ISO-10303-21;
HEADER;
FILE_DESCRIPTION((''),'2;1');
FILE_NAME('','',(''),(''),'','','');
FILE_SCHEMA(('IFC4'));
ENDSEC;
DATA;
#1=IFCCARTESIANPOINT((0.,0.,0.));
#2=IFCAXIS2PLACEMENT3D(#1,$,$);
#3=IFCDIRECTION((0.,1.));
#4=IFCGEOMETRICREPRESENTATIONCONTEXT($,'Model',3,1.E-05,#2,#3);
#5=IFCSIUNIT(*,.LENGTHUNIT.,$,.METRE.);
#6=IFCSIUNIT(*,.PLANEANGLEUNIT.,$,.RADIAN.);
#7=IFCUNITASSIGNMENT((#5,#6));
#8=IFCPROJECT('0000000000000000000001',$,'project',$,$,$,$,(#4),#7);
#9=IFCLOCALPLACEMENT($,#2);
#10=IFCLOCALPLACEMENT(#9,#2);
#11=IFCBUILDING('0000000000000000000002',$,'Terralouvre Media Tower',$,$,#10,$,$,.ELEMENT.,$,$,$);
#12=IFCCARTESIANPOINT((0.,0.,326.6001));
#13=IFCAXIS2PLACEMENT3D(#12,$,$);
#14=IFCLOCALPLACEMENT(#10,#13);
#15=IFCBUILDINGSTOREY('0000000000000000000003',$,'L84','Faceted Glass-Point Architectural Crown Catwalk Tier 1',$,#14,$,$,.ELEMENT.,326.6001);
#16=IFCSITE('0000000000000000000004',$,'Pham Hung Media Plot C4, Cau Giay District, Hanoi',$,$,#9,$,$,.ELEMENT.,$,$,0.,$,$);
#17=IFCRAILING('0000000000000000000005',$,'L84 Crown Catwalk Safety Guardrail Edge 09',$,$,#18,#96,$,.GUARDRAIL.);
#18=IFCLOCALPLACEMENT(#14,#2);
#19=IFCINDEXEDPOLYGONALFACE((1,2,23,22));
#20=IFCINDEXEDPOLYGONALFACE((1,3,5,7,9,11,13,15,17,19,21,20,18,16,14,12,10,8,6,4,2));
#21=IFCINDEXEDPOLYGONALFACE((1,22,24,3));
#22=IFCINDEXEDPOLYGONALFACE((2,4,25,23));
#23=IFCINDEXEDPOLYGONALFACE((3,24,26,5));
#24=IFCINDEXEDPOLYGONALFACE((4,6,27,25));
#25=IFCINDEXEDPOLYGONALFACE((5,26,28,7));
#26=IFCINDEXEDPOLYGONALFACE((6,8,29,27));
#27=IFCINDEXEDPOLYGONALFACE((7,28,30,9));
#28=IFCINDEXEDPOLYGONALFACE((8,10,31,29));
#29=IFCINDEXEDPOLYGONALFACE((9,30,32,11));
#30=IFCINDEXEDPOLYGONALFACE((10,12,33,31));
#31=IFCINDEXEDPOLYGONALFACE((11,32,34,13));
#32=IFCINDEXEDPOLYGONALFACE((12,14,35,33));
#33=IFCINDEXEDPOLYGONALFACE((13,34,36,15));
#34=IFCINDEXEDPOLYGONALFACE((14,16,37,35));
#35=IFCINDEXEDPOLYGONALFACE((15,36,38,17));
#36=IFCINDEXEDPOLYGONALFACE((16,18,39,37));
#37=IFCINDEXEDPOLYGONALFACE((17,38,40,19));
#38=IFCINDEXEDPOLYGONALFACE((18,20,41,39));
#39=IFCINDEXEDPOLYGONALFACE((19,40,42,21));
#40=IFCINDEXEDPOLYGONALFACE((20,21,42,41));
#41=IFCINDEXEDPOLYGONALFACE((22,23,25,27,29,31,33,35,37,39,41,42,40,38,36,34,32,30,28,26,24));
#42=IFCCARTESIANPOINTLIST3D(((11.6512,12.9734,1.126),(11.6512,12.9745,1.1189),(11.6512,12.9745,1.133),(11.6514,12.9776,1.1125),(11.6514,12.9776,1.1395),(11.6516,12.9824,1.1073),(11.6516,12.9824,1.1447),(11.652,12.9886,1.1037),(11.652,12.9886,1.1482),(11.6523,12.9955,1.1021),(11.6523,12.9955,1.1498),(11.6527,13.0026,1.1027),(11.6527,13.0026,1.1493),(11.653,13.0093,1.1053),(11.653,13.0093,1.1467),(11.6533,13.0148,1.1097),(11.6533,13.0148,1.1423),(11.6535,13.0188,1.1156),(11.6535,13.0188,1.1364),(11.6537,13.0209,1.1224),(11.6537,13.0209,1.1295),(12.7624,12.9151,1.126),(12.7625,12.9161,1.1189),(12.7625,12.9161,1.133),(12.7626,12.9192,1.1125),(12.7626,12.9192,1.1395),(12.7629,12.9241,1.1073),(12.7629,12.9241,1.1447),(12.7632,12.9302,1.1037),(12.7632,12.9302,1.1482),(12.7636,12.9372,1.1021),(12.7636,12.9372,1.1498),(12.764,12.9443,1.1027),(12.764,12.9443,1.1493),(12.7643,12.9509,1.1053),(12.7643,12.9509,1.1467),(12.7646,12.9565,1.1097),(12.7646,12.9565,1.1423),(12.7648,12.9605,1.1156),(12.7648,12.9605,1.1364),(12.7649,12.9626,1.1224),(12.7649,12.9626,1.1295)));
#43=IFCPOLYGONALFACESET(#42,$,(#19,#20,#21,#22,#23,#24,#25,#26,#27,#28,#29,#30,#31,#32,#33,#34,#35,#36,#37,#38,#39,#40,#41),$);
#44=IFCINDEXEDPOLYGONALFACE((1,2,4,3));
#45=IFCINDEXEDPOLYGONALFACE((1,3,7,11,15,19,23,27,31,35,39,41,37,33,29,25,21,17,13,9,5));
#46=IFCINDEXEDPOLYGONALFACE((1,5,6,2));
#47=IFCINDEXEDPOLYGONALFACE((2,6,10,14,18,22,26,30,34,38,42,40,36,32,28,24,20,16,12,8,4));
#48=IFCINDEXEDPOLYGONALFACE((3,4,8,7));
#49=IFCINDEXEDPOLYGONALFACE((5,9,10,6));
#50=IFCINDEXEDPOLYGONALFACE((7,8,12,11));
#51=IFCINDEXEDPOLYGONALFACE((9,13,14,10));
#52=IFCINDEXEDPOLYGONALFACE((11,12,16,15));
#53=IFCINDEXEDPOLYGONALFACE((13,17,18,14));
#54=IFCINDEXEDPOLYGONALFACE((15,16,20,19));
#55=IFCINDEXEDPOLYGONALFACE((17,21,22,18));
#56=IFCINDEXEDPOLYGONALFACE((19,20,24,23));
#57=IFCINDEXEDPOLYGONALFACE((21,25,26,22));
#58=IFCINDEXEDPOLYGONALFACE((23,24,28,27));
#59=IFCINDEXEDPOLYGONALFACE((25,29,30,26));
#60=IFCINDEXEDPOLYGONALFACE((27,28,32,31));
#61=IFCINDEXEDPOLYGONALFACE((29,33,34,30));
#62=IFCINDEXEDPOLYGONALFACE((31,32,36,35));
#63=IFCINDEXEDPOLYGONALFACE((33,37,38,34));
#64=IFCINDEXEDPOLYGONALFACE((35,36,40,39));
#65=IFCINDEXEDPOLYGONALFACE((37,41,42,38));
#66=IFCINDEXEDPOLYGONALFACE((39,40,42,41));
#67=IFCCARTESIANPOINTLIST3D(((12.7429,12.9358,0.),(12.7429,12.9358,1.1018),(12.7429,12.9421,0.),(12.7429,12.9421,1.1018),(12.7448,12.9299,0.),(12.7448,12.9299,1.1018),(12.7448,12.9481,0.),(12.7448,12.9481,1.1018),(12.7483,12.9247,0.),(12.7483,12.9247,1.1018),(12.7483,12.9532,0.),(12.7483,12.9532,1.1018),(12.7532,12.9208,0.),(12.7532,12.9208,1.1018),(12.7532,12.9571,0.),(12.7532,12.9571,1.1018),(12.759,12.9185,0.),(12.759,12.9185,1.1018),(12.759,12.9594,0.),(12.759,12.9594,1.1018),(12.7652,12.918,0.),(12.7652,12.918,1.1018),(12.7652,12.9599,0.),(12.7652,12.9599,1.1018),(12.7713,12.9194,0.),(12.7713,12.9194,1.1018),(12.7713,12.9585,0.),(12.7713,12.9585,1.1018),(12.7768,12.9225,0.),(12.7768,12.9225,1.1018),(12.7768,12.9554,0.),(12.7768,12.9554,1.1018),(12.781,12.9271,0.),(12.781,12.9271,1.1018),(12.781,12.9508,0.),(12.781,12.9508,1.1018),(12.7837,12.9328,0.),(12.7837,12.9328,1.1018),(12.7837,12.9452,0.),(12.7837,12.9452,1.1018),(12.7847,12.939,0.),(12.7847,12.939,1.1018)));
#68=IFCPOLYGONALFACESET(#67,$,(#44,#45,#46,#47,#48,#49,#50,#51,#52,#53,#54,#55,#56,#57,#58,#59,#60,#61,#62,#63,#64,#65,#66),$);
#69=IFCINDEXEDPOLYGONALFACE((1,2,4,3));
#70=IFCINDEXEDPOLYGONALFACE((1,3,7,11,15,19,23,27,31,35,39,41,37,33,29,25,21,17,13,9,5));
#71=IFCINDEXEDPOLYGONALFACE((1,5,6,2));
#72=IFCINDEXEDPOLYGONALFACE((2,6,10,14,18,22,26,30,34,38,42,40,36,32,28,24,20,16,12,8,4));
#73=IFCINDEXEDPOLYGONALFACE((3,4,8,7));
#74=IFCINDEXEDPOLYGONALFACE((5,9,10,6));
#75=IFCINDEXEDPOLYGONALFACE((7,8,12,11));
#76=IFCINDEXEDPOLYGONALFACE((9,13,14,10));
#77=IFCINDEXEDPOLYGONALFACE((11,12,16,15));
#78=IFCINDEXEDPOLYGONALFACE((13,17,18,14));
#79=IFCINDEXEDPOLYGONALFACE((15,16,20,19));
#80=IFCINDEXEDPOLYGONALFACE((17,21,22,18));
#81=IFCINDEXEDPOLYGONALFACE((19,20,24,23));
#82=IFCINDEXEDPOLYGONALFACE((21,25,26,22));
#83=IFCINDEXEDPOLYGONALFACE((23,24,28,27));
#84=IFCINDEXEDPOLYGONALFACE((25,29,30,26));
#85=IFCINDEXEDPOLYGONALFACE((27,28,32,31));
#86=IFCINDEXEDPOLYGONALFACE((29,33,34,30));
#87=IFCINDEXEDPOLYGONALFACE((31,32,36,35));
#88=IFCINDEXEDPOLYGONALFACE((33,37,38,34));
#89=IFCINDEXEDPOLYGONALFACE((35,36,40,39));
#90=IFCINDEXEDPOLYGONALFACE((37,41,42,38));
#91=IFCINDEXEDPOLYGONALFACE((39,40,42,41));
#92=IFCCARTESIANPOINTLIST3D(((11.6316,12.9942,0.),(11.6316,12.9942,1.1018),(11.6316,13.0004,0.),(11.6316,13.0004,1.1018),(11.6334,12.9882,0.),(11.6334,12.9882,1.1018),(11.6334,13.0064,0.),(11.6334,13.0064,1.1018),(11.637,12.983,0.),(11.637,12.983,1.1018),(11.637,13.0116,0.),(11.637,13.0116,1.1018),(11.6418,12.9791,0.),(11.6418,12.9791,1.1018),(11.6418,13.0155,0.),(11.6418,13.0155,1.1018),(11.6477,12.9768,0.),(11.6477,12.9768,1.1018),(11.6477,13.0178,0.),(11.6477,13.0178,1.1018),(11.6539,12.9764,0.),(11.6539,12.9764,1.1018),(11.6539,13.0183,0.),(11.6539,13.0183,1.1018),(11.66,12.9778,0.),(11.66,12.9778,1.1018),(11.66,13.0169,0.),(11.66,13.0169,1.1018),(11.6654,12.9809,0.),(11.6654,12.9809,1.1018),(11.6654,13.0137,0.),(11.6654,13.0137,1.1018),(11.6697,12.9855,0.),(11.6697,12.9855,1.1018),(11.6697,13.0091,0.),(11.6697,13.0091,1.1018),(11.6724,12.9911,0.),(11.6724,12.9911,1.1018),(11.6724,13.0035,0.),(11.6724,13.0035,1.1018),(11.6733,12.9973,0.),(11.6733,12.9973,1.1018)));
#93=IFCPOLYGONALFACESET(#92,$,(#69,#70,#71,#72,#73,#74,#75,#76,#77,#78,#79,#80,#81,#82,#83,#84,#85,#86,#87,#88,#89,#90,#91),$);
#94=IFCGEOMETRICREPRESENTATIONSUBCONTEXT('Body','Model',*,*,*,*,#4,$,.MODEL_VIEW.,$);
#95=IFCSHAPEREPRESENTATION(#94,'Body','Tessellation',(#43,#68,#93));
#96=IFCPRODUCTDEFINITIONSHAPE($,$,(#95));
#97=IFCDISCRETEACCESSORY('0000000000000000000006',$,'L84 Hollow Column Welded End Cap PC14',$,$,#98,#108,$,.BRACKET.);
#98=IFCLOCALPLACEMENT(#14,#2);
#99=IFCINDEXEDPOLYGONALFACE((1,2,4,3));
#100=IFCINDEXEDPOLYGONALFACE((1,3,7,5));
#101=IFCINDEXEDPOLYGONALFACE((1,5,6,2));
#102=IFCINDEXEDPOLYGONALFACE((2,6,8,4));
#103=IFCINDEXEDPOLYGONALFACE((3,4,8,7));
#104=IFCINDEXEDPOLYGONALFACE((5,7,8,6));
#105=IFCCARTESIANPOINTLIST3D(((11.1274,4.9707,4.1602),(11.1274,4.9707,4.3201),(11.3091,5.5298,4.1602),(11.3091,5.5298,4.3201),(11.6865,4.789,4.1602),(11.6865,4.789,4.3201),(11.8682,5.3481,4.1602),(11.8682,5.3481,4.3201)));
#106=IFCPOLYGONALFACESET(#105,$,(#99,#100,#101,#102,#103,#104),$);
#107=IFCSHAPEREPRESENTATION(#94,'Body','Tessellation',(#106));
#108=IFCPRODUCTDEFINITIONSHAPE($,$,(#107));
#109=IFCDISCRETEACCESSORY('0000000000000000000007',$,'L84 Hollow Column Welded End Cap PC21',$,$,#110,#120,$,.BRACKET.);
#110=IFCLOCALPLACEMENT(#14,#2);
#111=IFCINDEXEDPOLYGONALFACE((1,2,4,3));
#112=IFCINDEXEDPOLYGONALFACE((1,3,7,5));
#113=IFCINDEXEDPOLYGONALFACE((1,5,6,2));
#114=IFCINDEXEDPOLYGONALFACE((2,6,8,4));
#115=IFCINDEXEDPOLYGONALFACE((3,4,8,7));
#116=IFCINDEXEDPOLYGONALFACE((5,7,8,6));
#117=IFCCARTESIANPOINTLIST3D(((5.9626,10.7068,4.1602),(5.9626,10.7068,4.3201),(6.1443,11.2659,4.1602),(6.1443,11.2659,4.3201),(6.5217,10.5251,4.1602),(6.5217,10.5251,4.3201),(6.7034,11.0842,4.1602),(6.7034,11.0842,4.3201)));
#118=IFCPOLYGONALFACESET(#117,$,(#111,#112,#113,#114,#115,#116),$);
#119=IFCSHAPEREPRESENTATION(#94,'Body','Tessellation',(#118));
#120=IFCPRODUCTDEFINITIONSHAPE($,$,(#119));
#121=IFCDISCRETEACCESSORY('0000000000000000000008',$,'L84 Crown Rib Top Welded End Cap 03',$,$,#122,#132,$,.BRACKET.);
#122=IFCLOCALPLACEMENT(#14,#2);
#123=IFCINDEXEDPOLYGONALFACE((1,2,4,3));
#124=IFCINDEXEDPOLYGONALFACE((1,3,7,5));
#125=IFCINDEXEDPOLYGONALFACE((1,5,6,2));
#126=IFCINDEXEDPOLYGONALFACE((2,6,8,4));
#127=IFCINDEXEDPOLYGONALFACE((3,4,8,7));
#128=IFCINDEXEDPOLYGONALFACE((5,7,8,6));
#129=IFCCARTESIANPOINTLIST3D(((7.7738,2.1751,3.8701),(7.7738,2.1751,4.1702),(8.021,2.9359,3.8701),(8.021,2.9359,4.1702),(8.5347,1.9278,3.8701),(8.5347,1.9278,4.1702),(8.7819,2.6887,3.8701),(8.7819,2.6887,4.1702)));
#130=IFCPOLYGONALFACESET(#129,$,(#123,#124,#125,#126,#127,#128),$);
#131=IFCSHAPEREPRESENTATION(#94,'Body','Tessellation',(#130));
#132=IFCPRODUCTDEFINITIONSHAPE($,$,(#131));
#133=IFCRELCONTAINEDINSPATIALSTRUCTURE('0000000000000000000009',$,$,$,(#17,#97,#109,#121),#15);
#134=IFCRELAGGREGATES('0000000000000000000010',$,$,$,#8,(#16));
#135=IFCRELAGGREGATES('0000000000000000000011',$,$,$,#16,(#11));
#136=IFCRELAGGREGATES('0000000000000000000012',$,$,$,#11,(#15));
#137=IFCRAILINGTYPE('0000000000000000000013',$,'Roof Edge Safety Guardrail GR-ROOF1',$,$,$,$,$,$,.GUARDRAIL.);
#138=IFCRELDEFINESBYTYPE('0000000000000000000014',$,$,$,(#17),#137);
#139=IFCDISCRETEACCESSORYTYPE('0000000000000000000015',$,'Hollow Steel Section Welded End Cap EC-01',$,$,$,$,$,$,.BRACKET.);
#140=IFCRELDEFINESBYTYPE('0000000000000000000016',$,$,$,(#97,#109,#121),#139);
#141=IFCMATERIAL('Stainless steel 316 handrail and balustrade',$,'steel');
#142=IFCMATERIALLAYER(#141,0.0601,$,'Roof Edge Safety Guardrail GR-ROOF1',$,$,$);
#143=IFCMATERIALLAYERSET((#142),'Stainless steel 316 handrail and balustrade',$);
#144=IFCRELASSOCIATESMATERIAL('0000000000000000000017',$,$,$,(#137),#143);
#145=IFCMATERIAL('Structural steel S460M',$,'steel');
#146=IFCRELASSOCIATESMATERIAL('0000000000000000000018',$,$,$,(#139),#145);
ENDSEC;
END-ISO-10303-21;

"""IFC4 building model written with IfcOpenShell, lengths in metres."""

from ifc_helpers import new_model, si_unit, direction, frame, origin, origin_2d, place, context, subcontext, project, spatial, rectangle, circle, extrude, material, layer, layer_set, type_object, element, save


model = new_model("IFC4")

# Units and contexts
model_context = context("Model", 3, precision=1e-05, world=origin(), true_north=direction((0.0, 1.0)))
body_context = subcontext(model_context, "Body", "Model", "MODEL_VIEW")
ifc_project = project(units=[si_unit("LENGTHUNIT", "METRE"), si_unit("PLANEANGLEUNIT", "RADIAN")], contexts=[model_context])

# Site, building, storey
site_placement = place(None, origin())
site = spatial("IfcSite", under=ifc_project, at=site_placement, Name="Pham Hung Media Plot C4, Cau Giay District, Hanoi", CompositionType="ELEMENT", RefElevation=0.0)
building_placement = place(site_placement, origin())
building = spatial("IfcBuilding", under=site, at=building_placement, Name="Terralouvre Media Tower", CompositionType="ELEMENT")
storey_placement = place(building_placement, frame((0.0, 0.0, 326.6001)))
storey = spatial("IfcBuildingStorey", under=building, at=storey_placement, Name="L84", Description="Faceted Glass-Point Architectural Crown Catwalk Tier 1", CompositionType="ELEMENT", Elevation=326.6001)

# Railing
ifc_material_1 = material(Name="Stainless steel 316 handrail and balustrade", Category="steel")
ifc_layer_1 = layer(ifc_material_1, 0.0601, Name="Roof Edge Safety Guardrail GR-ROOF1")
ifc_layer_set_1 = layer_set([ifc_layer_1], Name="Stainless steel 316 handrail and balustrade")
railing_type = type_object("IfcRailingType", Name="Roof Edge Safety Guardrail GR-ROOF1", PredefinedType="GUARDRAIL", material=ifc_layer_set_1)
railing_1_placement = place(storey_placement, frame((12.7637, 12.939, 0.0)))
element("IfcRailing", 1, at=railing_1_placement, inside=storey, type_object=railing_type, Name="L84 Crown Catwalk Safety Guardrail Edge 09", PredefinedType="GUARDRAIL", context=body_context, shape_type="SweptSolid", body=[
    extrude(circle(Radius=0.0239, at=origin_2d()), frame((0.0, 0.0, 1.126), z_axis=(-0.998624, 0.052432, 0.0), x_axis=(-0.052432, -0.998624, 0.0)), (0.0, 0.0, 1.0), 1.1128),
    extrude(circle(Radius=0.021, at=origin_2d()), origin(), (0.0, 0.0, 1.0), 1.1018),
    extrude(circle(Radius=0.021, at=origin_2d()), frame((-1.1113, 0.0583, 0.0)), (0.0, 0.0, 1.0), 1.1018),
])

# Discrete accessories
ifc_material_2 = material(Name="Structural steel S460M", Category="steel")
discrete_accessory_type = type_object("IfcDiscreteAccessoryType", Name="Hollow Steel Section Welded End Cap EC-01", PredefinedType="BRACKET", material=ifc_material_2)
for number, where, z_axis, x_axis, name in (
    (2, (11.4978, 5.1594, 4.1602), (0.0, 0.0, 1.0), (0.309017, 0.951057, 0.0), "L84 Hollow Column Welded End Cap PC14"),
    (3, (6.333, 10.8955, 4.1602), (0.0, 0.0, 1.0), (0.309017, 0.951057, 0.0), "L84 Hollow Column Welded End Cap PC21"),
):
    element("IfcDiscreteAccessory", number, at=place(storey_placement, frame(where, z_axis=z_axis, x_axis=x_axis)), inside=storey, type_object=discrete_accessory_type, Name=name, PredefinedType="BRACKET", context=body_context, shape_type="SweptSolid", body=[
        extrude(rectangle(XDim=0.5879, YDim=0.5879, at=origin_2d()), origin(), (0.0, 0.0, 1.0), 0.1599),
    ])
discrete_accessory_placement = place(storey_placement, frame((8.2778, 2.4319, 3.8701), z_axis=(0.0, 0.0, 1.0), x_axis=(0.309017, 0.951057, 0.0)))
element("IfcDiscreteAccessory", 4, at=discrete_accessory_placement, inside=storey, type_object=discrete_accessory_type, Name="L84 Crown Rib Top Welded End Cap 03", PredefinedType="BRACKET", context=body_context, shape_type="SweptSolid", body=[
    extrude(rectangle(XDim=0.8, YDim=0.8, at=origin_2d()), origin(), (0.0, 0.0, 1.0), 0.3),
])

save(model, "model.ifc")
